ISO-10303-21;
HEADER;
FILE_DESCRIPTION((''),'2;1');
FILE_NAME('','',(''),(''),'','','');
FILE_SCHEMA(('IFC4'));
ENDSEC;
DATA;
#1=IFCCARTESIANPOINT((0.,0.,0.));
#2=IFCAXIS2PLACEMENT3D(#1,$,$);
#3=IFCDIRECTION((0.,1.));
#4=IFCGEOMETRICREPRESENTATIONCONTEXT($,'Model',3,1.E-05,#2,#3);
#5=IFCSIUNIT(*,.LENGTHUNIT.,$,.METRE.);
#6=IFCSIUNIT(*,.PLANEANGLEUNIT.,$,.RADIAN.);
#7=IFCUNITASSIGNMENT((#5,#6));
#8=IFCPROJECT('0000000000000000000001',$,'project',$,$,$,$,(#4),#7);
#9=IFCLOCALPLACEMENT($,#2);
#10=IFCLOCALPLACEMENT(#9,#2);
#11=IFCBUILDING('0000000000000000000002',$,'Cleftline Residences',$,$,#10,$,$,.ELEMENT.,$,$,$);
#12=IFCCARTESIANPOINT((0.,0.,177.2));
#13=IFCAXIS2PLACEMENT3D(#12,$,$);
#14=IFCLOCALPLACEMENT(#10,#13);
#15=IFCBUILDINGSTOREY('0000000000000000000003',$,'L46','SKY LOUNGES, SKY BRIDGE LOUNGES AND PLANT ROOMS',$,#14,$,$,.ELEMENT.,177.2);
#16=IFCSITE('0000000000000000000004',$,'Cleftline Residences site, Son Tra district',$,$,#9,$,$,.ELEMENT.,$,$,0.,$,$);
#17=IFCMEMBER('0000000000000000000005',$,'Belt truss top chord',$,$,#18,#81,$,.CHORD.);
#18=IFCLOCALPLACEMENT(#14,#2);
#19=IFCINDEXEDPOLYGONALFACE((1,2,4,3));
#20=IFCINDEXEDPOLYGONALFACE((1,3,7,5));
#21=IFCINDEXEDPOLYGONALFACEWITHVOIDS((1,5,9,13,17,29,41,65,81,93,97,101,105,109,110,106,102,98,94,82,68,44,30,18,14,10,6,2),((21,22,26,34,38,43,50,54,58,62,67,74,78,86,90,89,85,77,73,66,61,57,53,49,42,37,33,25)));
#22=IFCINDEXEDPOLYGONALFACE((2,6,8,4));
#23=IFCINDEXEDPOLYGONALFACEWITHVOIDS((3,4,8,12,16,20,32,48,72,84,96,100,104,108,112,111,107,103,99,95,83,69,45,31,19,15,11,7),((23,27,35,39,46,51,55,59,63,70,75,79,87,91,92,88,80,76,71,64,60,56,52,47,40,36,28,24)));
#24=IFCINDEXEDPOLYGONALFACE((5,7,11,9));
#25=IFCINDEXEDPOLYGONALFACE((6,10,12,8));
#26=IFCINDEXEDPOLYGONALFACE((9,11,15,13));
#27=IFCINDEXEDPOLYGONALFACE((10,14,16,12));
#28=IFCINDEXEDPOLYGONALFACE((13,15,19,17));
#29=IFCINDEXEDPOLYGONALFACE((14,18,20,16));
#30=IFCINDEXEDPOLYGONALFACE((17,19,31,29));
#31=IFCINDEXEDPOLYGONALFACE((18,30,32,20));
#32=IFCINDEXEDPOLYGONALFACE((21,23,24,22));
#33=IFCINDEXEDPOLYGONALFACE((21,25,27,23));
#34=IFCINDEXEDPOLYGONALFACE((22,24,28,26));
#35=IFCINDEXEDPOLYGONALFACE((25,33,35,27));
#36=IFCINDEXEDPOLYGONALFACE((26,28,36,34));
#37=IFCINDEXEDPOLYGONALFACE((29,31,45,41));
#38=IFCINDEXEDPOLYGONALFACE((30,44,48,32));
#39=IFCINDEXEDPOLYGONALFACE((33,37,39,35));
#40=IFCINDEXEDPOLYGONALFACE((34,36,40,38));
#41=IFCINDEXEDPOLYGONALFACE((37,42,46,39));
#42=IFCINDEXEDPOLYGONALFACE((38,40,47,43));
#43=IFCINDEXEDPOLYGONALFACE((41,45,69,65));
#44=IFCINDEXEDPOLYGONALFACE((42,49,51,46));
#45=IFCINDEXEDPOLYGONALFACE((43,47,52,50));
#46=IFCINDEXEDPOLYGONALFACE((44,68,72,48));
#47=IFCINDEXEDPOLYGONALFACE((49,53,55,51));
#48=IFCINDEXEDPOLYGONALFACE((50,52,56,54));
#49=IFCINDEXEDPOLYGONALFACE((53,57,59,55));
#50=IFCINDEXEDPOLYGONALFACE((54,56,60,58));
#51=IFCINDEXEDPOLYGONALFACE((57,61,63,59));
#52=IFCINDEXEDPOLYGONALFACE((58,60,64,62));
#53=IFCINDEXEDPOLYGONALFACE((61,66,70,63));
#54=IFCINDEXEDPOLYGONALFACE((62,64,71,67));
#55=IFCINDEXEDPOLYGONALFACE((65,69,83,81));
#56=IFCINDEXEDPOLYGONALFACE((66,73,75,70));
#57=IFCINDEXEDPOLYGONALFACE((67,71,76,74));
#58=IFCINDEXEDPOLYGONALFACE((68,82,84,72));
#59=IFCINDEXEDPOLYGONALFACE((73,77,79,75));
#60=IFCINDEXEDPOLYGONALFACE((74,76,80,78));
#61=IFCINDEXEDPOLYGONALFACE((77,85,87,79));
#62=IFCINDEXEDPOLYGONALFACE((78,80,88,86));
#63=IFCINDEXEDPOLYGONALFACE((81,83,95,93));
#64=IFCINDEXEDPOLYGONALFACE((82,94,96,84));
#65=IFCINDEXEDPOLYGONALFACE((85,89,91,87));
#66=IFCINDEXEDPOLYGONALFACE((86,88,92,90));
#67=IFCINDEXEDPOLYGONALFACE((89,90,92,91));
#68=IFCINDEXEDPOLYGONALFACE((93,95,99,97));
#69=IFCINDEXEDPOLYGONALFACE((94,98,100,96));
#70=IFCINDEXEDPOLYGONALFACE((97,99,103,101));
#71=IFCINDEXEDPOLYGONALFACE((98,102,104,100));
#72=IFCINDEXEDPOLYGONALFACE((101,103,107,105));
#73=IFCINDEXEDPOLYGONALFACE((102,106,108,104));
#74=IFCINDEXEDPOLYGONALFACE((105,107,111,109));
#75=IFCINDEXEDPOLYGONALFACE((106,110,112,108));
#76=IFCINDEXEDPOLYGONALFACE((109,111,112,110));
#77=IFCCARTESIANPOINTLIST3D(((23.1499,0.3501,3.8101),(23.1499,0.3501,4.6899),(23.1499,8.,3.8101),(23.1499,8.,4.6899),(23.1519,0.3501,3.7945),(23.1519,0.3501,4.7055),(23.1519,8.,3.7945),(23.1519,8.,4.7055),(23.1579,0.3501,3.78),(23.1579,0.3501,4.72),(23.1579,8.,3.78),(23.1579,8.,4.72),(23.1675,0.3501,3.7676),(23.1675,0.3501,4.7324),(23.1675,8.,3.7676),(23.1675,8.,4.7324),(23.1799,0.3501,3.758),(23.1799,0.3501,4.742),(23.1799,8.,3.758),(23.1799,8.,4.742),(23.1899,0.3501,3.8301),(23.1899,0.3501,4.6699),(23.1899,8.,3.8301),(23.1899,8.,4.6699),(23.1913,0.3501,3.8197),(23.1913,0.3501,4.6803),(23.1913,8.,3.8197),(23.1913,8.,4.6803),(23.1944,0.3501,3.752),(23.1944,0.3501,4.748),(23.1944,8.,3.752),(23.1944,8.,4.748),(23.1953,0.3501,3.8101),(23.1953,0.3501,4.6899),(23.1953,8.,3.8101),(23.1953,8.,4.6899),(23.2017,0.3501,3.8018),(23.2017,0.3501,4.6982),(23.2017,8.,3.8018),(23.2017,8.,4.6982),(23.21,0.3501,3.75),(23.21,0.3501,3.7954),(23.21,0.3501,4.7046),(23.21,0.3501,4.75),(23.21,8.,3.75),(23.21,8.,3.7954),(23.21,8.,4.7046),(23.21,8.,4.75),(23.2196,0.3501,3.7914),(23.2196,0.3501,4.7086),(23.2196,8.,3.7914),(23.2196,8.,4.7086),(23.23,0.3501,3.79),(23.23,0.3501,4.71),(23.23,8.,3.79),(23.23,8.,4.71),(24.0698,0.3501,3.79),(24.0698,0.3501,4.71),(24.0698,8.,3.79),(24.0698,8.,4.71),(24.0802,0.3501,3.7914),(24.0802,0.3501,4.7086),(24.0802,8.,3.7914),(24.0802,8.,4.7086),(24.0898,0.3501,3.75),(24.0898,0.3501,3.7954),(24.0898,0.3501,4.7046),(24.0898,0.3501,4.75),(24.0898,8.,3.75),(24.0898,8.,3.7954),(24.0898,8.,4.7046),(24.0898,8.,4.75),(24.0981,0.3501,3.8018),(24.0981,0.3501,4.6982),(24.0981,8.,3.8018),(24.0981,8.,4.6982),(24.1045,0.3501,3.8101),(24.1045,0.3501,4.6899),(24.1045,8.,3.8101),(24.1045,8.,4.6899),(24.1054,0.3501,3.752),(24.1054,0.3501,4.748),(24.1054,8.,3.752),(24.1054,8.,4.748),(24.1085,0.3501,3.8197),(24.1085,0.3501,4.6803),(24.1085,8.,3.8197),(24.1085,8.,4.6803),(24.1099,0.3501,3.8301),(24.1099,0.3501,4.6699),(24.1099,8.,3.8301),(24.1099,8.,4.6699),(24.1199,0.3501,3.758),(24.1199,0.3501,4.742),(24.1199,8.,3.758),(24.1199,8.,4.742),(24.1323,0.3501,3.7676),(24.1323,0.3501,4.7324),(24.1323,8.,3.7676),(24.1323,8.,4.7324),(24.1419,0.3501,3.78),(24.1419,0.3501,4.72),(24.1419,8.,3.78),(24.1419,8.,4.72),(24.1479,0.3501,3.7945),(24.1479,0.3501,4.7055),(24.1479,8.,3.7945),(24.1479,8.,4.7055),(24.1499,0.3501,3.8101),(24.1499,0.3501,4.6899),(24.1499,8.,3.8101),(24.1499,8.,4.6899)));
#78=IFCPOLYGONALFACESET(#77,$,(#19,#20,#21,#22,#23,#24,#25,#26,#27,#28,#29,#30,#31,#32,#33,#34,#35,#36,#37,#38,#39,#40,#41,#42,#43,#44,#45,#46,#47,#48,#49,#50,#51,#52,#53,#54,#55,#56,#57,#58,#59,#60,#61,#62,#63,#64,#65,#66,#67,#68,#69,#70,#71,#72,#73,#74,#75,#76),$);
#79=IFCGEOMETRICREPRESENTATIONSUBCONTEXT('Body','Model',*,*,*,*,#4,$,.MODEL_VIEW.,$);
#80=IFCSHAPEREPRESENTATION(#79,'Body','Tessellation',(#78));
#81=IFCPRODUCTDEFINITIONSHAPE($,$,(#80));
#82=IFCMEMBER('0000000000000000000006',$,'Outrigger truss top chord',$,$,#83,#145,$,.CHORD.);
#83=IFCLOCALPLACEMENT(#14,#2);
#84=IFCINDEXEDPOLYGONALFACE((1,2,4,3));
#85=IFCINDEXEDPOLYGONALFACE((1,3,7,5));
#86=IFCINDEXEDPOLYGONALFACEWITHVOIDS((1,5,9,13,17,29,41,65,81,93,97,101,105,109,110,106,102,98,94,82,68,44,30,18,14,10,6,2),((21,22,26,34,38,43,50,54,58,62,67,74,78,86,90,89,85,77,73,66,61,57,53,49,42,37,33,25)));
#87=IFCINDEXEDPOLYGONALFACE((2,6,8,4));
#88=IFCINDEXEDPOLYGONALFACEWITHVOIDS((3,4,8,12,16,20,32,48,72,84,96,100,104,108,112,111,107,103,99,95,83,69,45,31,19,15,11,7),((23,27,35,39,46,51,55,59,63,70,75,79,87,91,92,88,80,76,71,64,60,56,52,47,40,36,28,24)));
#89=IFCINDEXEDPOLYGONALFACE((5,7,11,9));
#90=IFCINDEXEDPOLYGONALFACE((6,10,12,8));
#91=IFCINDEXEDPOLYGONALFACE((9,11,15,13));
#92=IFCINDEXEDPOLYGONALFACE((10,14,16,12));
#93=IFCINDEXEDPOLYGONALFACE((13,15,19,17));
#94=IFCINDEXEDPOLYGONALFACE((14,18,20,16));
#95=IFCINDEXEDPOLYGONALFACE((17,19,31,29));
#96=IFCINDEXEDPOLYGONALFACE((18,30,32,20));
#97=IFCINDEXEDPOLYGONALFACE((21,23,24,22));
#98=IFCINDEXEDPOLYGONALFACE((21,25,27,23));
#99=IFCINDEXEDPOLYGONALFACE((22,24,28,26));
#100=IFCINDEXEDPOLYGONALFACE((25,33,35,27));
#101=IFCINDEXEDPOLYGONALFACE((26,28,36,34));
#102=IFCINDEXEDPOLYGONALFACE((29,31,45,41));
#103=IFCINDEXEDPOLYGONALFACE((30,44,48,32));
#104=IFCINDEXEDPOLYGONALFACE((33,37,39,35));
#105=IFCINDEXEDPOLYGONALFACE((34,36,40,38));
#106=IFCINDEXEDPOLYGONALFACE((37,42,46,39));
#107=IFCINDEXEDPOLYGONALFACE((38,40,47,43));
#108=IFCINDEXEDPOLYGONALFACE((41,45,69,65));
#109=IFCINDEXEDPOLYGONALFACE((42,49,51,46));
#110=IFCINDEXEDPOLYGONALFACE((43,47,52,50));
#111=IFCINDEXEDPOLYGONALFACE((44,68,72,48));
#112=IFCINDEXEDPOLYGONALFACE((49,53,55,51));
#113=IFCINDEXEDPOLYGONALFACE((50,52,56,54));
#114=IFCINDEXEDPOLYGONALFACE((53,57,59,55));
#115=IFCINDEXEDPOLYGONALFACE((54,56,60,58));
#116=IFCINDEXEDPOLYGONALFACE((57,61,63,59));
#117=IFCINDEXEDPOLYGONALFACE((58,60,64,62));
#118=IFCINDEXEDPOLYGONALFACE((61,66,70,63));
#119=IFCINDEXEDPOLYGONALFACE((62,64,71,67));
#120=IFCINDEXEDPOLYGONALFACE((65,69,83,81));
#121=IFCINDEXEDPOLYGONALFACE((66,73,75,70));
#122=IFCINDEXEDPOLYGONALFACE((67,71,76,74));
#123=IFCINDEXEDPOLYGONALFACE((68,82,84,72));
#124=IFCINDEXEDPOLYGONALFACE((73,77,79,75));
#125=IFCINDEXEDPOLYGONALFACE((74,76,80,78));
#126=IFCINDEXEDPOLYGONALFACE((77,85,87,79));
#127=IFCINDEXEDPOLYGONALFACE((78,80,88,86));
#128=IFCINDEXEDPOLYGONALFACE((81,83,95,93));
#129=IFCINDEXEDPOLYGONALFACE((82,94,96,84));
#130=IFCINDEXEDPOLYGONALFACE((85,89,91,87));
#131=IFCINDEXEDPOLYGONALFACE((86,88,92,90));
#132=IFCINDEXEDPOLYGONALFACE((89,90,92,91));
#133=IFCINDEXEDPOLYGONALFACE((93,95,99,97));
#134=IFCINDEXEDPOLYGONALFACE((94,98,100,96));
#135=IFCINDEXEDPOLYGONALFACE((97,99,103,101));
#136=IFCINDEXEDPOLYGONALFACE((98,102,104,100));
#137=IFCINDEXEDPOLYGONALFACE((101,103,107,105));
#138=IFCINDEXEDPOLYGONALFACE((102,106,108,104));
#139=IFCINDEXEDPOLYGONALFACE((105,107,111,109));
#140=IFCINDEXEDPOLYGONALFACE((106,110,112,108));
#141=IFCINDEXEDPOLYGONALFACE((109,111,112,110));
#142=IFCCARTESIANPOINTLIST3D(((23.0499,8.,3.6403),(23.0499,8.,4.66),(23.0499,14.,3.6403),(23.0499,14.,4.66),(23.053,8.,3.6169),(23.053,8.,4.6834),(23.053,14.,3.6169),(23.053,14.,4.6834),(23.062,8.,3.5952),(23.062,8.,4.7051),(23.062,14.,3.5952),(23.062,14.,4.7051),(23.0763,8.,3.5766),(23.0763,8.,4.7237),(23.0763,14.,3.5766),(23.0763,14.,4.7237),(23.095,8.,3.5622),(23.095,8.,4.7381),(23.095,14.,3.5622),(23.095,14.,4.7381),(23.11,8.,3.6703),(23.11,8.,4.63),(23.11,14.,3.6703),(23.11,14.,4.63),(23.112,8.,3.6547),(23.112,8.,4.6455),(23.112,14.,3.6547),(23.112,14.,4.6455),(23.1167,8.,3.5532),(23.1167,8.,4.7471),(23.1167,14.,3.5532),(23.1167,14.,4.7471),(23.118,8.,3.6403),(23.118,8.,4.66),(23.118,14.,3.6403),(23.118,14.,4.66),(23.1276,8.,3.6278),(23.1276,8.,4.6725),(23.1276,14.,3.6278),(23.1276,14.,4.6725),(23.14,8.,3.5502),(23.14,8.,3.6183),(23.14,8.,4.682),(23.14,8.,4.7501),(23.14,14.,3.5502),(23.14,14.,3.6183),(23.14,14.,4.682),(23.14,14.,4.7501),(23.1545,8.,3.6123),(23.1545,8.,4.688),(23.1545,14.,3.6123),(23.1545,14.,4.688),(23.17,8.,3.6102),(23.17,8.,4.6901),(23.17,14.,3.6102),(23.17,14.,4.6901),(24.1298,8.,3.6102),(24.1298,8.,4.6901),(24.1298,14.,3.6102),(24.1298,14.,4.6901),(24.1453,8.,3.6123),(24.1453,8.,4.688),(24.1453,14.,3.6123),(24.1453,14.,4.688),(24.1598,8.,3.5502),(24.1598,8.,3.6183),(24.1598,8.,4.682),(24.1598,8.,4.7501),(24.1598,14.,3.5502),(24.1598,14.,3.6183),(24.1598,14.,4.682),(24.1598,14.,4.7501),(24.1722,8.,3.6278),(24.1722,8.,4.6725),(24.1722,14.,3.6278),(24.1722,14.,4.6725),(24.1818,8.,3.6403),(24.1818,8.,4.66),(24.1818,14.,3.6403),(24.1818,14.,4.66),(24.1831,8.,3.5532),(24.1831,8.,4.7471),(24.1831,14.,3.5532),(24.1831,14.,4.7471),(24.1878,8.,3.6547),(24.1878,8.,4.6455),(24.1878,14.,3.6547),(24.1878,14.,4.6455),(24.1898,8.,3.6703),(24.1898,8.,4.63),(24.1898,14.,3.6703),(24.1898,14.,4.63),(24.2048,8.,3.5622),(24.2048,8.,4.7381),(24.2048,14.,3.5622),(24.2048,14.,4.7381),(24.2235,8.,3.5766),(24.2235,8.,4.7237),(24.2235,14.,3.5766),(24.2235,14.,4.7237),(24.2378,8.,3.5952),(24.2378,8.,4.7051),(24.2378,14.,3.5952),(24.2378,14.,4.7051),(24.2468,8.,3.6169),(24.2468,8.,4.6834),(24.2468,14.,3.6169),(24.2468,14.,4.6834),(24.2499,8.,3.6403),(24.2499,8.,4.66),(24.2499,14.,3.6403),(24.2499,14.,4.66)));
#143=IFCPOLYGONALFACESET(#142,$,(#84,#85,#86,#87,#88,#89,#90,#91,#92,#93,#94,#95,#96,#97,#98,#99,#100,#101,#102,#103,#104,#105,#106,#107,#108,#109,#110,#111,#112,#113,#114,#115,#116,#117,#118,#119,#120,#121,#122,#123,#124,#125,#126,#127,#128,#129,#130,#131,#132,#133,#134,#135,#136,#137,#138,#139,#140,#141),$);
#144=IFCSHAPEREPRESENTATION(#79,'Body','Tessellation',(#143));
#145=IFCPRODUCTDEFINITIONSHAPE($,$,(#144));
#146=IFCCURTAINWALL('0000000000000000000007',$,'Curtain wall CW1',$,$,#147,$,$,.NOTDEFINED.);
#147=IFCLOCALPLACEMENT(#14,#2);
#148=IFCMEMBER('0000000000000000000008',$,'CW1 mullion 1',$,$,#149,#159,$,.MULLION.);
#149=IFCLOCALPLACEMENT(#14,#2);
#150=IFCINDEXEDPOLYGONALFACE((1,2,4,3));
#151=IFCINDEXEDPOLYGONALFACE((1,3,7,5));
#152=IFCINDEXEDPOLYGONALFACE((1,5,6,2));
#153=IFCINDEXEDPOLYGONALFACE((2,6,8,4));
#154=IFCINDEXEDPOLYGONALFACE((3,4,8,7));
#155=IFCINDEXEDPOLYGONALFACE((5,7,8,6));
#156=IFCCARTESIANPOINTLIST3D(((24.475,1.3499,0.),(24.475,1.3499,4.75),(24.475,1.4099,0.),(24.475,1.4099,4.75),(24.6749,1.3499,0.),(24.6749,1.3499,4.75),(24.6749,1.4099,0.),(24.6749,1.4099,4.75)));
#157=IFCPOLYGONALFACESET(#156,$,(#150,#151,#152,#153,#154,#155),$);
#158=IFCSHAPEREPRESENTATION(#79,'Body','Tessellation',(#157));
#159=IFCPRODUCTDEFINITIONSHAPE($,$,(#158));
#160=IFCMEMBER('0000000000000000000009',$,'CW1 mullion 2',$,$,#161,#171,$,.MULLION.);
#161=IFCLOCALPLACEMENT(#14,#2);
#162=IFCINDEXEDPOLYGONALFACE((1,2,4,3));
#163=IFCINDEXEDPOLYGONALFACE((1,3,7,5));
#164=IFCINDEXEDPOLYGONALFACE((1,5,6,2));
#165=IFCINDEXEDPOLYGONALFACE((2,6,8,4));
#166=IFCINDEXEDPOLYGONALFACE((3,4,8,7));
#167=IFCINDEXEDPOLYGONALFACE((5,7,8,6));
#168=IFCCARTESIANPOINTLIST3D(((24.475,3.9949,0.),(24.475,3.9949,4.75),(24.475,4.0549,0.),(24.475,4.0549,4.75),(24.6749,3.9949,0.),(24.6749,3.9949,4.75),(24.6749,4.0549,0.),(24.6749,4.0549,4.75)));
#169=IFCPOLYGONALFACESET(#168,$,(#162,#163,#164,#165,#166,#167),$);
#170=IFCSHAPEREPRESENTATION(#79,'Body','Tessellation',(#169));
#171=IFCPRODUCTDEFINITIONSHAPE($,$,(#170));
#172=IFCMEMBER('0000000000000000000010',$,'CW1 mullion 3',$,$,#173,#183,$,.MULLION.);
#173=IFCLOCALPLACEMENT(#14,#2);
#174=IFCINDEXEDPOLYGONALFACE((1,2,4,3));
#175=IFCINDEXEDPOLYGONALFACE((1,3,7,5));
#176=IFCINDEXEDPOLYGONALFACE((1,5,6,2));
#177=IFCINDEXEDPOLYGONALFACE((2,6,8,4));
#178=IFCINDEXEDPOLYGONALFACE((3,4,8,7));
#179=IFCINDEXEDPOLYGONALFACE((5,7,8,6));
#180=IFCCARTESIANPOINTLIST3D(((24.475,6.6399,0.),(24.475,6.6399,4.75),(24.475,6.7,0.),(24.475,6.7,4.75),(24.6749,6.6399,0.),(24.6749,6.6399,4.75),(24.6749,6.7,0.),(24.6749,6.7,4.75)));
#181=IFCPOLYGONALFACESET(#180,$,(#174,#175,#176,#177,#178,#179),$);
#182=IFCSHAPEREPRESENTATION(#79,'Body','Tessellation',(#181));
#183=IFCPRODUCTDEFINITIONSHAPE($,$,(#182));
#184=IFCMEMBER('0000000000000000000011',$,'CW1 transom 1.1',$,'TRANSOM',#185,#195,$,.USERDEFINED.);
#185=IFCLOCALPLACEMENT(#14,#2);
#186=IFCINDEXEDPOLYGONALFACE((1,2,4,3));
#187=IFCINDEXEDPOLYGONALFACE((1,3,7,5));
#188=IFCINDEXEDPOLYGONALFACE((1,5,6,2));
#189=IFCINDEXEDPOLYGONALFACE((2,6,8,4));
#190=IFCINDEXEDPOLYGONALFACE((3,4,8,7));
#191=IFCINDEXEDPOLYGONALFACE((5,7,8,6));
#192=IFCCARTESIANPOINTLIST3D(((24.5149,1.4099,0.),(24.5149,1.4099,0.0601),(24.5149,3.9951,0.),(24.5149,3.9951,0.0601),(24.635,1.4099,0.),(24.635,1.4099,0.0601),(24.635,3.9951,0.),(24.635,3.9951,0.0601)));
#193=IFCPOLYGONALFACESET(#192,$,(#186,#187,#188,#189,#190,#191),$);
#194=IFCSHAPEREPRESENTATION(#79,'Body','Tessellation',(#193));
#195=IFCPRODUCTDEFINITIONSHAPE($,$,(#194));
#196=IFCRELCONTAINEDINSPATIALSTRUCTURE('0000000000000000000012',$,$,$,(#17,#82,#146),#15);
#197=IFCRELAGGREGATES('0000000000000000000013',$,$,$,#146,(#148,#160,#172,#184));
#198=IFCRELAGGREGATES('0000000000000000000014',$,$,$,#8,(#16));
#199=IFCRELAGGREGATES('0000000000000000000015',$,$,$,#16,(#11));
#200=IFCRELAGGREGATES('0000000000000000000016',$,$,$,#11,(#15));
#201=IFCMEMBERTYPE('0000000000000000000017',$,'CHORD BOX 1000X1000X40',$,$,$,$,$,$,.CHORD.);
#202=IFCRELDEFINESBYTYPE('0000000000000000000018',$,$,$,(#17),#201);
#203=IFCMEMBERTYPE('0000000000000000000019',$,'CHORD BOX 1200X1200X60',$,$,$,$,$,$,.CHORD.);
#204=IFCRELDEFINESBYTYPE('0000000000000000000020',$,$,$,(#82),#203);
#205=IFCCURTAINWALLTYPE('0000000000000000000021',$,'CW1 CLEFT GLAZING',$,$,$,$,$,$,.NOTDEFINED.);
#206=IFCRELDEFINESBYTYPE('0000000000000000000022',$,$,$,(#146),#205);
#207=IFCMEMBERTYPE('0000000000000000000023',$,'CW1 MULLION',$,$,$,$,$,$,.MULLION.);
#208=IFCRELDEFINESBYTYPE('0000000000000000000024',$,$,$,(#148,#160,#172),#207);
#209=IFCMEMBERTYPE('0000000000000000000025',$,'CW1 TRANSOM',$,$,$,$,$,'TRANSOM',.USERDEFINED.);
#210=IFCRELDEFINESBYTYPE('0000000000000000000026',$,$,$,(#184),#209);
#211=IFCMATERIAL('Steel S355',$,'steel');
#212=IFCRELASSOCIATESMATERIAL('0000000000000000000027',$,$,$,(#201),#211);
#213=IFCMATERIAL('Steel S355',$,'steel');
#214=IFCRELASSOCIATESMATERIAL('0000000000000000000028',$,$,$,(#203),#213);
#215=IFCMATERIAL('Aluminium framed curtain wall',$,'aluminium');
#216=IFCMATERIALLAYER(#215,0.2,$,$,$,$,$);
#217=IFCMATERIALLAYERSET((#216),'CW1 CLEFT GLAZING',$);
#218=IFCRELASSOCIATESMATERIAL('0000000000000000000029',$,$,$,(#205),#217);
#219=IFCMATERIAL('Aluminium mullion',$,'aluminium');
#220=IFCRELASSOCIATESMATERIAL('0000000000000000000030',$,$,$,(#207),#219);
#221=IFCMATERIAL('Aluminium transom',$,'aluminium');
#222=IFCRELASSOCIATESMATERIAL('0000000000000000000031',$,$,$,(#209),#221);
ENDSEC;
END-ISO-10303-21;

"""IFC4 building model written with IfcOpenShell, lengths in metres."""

from ifc_helpers import new_model, si_unit, direction, frame, origin, origin_2d, place, context, subcontext, project, spatial, rectangle, hollow_rectangle, extrude, material, layer, layer_set, material_profile, profile_set, type_object, element, aggregate, save


model = new_model("IFC4")

# Units and contexts
model_context = context("Model", 3, precision=1e-05, world=origin(), true_north=direction((0.0, 1.0)))
body_context = subcontext(model_context, "Body", "Model", "MODEL_VIEW")
ifc_project = project(units=[si_unit("LENGTHUNIT", "METRE"), si_unit("PLANEANGLEUNIT", "RADIAN")], contexts=[model_context])

# Site, building, storey
site_placement = place(None, origin())
site = spatial("IfcSite", under=ifc_project, at=site_placement, Name="Cleftline Residences site, Son Tra district", CompositionType="ELEMENT", RefElevation=0.0)
building_placement = place(site_placement, origin())
building = spatial("IfcBuilding", under=site, at=building_placement, Name="Cleftline Residences", CompositionType="ELEMENT")
storey_placement = place(building_placement, frame((0.0, 0.0, 177.2)))
storey = spatial("IfcBuildingStorey", under=building, at=storey_placement, Name="L46", Description="SKY LOUNGES, SKY BRIDGE LOUNGES AND PLANT ROOMS", CompositionType="ELEMENT", Elevation=177.2)

# Members
ifc_material_1 = material(Name="Steel S355", Category="steel")
ifc_material_profile_1 = material_profile(ifc_material_1, hollow_rectangle(XDim=1.0, YDim=1.0, WallThickness=0.04, InnerFilletRadius=0.04, OuterFilletRadius=0.0601, at=origin_2d()))
ifc_profile_set_1 = profile_set([ifc_material_profile_1], Name="Steel S355")
member_type_1 = type_object("IfcMemberType", Name="CHORD BOX 1000X1000X40", PredefinedType="CHORD", material=ifc_profile_set_1)
member_1_placement = place(storey_placement, frame((23.6499, 0.3501, 4.25), z_axis=(0.0, 1.0, 0.0), x_axis=(-1.0, 0.0, 0.0)))
element("IfcMember", 1, at=member_1_placement, inside=storey, type_object=member_type_1, Name="Belt truss top chord", PredefinedType="CHORD", context=body_context, shape_type="SweptSolid", body=[
    extrude(hollow_rectangle(XDim=1.0, YDim=1.0, WallThickness=0.04, InnerFilletRadius=0.04, OuterFilletRadius=0.0601, at=origin_2d()), origin(), (0.0, 0.0, 1.0), 7.6499),
])
ifc_material_2 = material(Name="Steel S355", Category="steel")
ifc_material_profile_2 = material_profile(ifc_material_2, hollow_rectangle(XDim=1.2, YDim=1.2, WallThickness=0.0601, InnerFilletRadius=0.0601, OuterFilletRadius=0.0901, at=origin_2d()))
ifc_profile_set_2 = profile_set([ifc_material_profile_2], Name="Steel S355")
member_type_2 = type_object("IfcMemberType", Name="CHORD BOX 1200X1200X60", PredefinedType="CHORD", material=ifc_profile_set_2)
member_2_placement = place(storey_placement, frame((23.6499, 8.0, 4.1501), z_axis=(0.0, 1.0, 0.0), x_axis=(-1.0, 0.0, 0.0)))
element("IfcMember", 2, at=member_2_placement, inside=storey, type_object=member_type_2, Name="Outrigger truss top chord", PredefinedType="CHORD", context=body_context, shape_type="SweptSolid", body=[
    extrude(hollow_rectangle(XDim=1.2, YDim=1.2, WallThickness=0.0601, InnerFilletRadius=0.0601, OuterFilletRadius=0.0901, at=origin_2d()), origin(), (0.0, 0.0, 1.0), 6.0),
])

# Curtain wall, members
ifc_material_3 = material(Name="Aluminium framed curtain wall", Category="aluminium")
ifc_layer_1 = layer(ifc_material_3, 0.2)
ifc_layer_set_1 = layer_set([ifc_layer_1], Name="CW1 CLEFT GLAZING")
curtain_wall_type_1 = type_object("IfcCurtainWallType", Name="CW1 CLEFT GLAZING", PredefinedType="NOTDEFINED", material=ifc_layer_set_1)
curtain_wall_1_placement = place(storey_placement, origin())
curtain_wall_1 = element("IfcCurtainWall", 3, at=curtain_wall_1_placement, inside=storey, type_object=curtain_wall_type_1, Name="Curtain wall CW1", PredefinedType="NOTDEFINED")
ifc_material_4 = material(Name="Aluminium mullion", Category="aluminium")
ifc_material_profile_3 = material_profile(ifc_material_4, rectangle(XDim=0.2, YDim=0.0601, at=origin_2d()))
ifc_profile_set_3 = profile_set([ifc_material_profile_3], Name="Aluminium mullion")
member_type_3 = type_object("IfcMemberType", Name="CW1 MULLION", PredefinedType="MULLION", material=ifc_profile_set_3)
member_3_placement = place(storey_placement, frame((24.575, 1.3799, 0.0), z_axis=(0.0, 0.0, 1.0), x_axis=(-1.0, 0.0, 0.0)))
member_3 = element("IfcMember", 4, at=member_3_placement, type_object=member_type_3, Name="CW1 mullion 1", PredefinedType="MULLION", context=body_context, shape_type="SweptSolid", body=[
    extrude(rectangle(XDim=0.2, YDim=0.0601, at=origin_2d()), origin(), (0.0, 0.0, 1.0), 4.75),
])
member_4_placement = place(storey_placement, frame((24.575, 4.0249, 0.0), z_axis=(0.0, 0.0, 1.0), x_axis=(-1.0, 0.0, 0.0)))
member_4 = element("IfcMember", 5, at=member_4_placement, type_object=member_type_3, Name="CW1 mullion 2", PredefinedType="MULLION", context=body_context, shape_type="SweptSolid", body=[
    extrude(rectangle(XDim=0.2, YDim=0.0601, at=origin_2d()), origin(), (0.0, 0.0, 1.0), 4.75),
])
member_5_placement = place(storey_placement, frame((24.575, 6.6699, 0.0), z_axis=(0.0, 0.0, 1.0), x_axis=(-1.0, 0.0, 0.0)))
member_5 = element("IfcMember", 6, at=member_5_placement, type_object=member_type_3, Name="CW1 mullion 3", PredefinedType="MULLION", context=body_context, shape_type="SweptSolid", body=[
    extrude(rectangle(XDim=0.2, YDim=0.0601, at=origin_2d()), origin(), (0.0, 0.0, 1.0), 4.75),
])
ifc_material_5 = material(Name="Aluminium transom", Category="aluminium")
ifc_material_profile_4 = material_profile(ifc_material_5, rectangle(XDim=0.1201, YDim=0.0601, at=origin_2d()))
ifc_profile_set_4 = profile_set([ifc_material_profile_4], Name="Aluminium transom")
member_type_4 = type_object("IfcMemberType", Name="CW1 TRANSOM", ElementType="TRANSOM", PredefinedType="USERDEFINED", material=ifc_profile_set_4)
member_6_placement = place(storey_placement, frame((24.575, 1.4099, 0.03), z_axis=(0.0, 1.0, 0.0), x_axis=(-1.0, 0.0, 0.0)))
member_6 = element("IfcMember", 7, at=member_6_placement, type_object=member_type_4, Name="CW1 transom 1.1", ObjectType="TRANSOM", PredefinedType="USERDEFINED", context=body_context, shape_type="SweptSolid", body=[
    extrude(rectangle(XDim=0.1201, YDim=0.0601, at=origin_2d()), origin(), (0.0, 0.0, 1.0), 2.5852),
])

aggregate(curtain_wall_1, [member_3, member_4, member_5, member_6])

save(model, "model.ifc")
